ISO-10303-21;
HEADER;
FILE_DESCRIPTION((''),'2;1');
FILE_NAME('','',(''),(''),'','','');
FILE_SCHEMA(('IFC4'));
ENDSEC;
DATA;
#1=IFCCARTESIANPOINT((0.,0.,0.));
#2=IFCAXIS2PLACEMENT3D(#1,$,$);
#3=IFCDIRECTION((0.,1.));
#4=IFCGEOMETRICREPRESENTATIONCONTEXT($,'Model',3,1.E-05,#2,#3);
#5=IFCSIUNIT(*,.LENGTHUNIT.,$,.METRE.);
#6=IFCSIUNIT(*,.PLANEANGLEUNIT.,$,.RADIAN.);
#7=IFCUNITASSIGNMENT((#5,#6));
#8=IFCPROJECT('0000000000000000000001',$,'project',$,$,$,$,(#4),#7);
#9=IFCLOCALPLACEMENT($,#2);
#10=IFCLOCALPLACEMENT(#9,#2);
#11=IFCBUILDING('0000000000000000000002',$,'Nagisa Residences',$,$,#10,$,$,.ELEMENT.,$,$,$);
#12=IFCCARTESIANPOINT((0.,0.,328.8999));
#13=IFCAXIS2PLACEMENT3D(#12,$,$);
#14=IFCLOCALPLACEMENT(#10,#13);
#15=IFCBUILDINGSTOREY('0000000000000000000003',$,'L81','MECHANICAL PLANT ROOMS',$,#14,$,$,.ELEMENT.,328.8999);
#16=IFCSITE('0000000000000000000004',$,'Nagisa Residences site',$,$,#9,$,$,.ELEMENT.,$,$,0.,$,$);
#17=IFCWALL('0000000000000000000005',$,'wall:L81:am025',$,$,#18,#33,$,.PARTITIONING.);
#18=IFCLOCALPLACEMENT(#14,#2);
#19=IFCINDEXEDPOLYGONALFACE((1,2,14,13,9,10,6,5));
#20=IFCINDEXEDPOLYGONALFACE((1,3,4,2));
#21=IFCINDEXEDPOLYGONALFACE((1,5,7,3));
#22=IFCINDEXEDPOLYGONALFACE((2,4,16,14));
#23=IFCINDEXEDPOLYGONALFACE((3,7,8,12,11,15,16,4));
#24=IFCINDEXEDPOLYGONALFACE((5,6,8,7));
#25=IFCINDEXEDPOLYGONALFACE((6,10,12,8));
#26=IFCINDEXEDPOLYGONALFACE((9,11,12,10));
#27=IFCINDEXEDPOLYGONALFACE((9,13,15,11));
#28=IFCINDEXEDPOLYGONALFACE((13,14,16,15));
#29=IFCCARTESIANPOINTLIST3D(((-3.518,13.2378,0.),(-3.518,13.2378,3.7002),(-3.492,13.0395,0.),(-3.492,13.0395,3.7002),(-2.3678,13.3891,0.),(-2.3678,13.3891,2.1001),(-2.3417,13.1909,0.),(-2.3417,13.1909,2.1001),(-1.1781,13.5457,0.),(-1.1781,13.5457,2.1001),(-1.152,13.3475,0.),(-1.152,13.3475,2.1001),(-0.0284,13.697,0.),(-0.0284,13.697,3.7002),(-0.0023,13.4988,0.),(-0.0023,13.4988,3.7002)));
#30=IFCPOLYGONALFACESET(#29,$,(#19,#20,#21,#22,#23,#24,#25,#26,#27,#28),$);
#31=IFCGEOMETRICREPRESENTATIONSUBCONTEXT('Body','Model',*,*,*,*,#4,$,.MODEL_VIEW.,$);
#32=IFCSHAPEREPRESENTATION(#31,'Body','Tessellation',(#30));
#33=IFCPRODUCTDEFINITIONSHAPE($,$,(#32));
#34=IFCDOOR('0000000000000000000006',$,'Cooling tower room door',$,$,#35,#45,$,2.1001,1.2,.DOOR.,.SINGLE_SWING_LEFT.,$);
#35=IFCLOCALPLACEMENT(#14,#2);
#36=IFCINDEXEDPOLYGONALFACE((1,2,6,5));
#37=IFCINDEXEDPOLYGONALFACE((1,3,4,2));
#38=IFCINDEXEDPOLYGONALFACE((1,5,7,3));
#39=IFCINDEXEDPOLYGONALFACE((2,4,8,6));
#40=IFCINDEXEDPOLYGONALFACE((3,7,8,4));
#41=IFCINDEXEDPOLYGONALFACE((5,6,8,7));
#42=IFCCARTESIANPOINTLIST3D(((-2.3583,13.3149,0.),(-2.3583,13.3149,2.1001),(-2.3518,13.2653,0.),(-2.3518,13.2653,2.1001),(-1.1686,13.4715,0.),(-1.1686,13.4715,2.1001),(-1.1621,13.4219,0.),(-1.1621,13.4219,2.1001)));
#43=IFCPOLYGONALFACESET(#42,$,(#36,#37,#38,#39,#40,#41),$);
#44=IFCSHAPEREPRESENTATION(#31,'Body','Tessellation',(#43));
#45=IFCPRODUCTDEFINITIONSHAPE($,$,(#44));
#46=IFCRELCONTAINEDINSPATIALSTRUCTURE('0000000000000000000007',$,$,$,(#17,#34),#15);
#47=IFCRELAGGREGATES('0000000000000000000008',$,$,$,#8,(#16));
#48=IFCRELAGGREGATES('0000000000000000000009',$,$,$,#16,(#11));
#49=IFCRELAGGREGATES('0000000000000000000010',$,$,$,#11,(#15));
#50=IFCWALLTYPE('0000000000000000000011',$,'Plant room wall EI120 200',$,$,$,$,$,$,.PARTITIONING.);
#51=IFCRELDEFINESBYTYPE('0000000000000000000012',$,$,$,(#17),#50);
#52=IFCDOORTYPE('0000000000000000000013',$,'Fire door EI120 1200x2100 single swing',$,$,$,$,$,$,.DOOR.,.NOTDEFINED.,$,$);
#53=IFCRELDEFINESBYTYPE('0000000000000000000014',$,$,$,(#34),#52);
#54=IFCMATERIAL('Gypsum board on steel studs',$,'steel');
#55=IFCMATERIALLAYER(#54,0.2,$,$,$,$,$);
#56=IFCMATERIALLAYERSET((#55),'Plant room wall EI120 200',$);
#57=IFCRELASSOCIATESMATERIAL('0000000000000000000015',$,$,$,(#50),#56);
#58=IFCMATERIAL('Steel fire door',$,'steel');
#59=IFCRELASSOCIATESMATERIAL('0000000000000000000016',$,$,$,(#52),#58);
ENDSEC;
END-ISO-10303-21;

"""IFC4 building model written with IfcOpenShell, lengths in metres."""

from ifc_helpers import new_model, si_unit, direction, frame, frame_2d, origin, place, context, subcontext, project, spatial, rectangle, extrude, material, layer, layer_set, type_object, element, fill, save


model = new_model("IFC4")

# Units and contexts
model_context = context("Model", 3, precision=1e-05, world=origin(), true_north=direction((0.0, 1.0)))
body_context = subcontext(model_context, "Body", "Model", "MODEL_VIEW")
ifc_project = project(units=[si_unit("LENGTHUNIT", "METRE"), si_unit("PLANEANGLEUNIT", "RADIAN")], contexts=[model_context])

# Site, building, storey
site_placement = place(None, origin())
site = spatial("IfcSite", under=ifc_project, at=site_placement, Name="Nagisa Residences site", CompositionType="ELEMENT", RefElevation=0.0)
building_placement = place(site_placement, origin())
building = spatial("IfcBuilding", under=site, at=building_placement, Name="Nagisa Residences", CompositionType="ELEMENT")
storey_placement = place(building_placement, frame((0.0, 0.0, 328.8999)))
storey = spatial("IfcBuildingStorey", under=building, at=storey_placement, Name="L81", Description="MECHANICAL PLANT ROOMS", CompositionType="ELEMENT", Elevation=328.8999)

# Shared definitions
ifc_material_1 = material(Name="Gypsum board on steel studs", Category="steel")
ifc_layer_1 = layer(ifc_material_1, 0.2)
ifc_layer_set_1 = layer_set([ifc_layer_1], Name="Plant room wall EI120 200")
wall_type_1 = type_object("IfcWallType", Name="Plant room wall EI120 200", PredefinedType="PARTITIONING", material=ifc_layer_set_1)

# Wall, opening, door
wall_1_placement = place(storey_placement, frame((-3.5049, 13.1387, 0.0), z_axis=(0.0, 0.0, 1.0), x_axis=(0.991452, 0.130469, 0.0)))
wall_1 = element("IfcWall", 1, at=wall_1_placement, inside=storey, type_object=wall_type_1, Name="wall:L81:am025", PredefinedType="PARTITIONING", context=body_context, shape_type="SweptSolid", body=[
    extrude(rectangle(XDim=3.5198, YDim=0.2, at=frame_2d((1.7598, 0.0))), origin(), (0.0, 0.0, 1.0), 3.7002),
])
opening_1_placement = place(wall_1_placement, frame((1.1599, 0.0, 0.0)))
opening_1 = element("IfcOpeningElement", 2, at=opening_1_placement, cuts=wall_1, PredefinedType="OPENING", context=body_context, shape_type="SweptSolid", body=[
    extrude(rectangle(XDim=1.2, YDim=2.1001, at=frame_2d((0.6001, 1.05))), frame((0.0, 0.1099, 0.0), z_axis=(0.0, -1.0, 0.0), x_axis=(1.0, 0.0, 0.0)), (0.0, 0.0, 1.0), 0.22),
])
ifc_material_2 = material(Name="Steel fire door", Category="steel")
door_type_1 = type_object("IfcDoorType", Name="Fire door EI120 1200x2100 single swing", OperationType="NOTDEFINED", PredefinedType="DOOR", material=ifc_material_2)
door_1_placement = place(opening_1_placement, frame((1.2, 0.0, 0.0), x_axis=(-1.0, 0.0, 0.0)))
door_1 = element("IfcDoor", 3, at=door_1_placement, inside=storey, type_object=door_type_1, Name="Cooling tower room door", OperationType="SINGLE_SWING_LEFT", OverallHeight=2.1001, OverallWidth=1.2, PredefinedType="DOOR", context=body_context, shape_type="SweptSolid", body=[
    extrude(rectangle(XDim=1.2, YDim=2.1001, at=frame_2d((0.6001, 1.05))), frame((0.0, 0.0249, 0.0), z_axis=(0.0, -1.0, 0.0), x_axis=(1.0, 0.0, 0.0)), (0.0, 0.0, 1.0), 0.05),
])
fill(opening_1, door_1)

save(model, "model.ifc")
